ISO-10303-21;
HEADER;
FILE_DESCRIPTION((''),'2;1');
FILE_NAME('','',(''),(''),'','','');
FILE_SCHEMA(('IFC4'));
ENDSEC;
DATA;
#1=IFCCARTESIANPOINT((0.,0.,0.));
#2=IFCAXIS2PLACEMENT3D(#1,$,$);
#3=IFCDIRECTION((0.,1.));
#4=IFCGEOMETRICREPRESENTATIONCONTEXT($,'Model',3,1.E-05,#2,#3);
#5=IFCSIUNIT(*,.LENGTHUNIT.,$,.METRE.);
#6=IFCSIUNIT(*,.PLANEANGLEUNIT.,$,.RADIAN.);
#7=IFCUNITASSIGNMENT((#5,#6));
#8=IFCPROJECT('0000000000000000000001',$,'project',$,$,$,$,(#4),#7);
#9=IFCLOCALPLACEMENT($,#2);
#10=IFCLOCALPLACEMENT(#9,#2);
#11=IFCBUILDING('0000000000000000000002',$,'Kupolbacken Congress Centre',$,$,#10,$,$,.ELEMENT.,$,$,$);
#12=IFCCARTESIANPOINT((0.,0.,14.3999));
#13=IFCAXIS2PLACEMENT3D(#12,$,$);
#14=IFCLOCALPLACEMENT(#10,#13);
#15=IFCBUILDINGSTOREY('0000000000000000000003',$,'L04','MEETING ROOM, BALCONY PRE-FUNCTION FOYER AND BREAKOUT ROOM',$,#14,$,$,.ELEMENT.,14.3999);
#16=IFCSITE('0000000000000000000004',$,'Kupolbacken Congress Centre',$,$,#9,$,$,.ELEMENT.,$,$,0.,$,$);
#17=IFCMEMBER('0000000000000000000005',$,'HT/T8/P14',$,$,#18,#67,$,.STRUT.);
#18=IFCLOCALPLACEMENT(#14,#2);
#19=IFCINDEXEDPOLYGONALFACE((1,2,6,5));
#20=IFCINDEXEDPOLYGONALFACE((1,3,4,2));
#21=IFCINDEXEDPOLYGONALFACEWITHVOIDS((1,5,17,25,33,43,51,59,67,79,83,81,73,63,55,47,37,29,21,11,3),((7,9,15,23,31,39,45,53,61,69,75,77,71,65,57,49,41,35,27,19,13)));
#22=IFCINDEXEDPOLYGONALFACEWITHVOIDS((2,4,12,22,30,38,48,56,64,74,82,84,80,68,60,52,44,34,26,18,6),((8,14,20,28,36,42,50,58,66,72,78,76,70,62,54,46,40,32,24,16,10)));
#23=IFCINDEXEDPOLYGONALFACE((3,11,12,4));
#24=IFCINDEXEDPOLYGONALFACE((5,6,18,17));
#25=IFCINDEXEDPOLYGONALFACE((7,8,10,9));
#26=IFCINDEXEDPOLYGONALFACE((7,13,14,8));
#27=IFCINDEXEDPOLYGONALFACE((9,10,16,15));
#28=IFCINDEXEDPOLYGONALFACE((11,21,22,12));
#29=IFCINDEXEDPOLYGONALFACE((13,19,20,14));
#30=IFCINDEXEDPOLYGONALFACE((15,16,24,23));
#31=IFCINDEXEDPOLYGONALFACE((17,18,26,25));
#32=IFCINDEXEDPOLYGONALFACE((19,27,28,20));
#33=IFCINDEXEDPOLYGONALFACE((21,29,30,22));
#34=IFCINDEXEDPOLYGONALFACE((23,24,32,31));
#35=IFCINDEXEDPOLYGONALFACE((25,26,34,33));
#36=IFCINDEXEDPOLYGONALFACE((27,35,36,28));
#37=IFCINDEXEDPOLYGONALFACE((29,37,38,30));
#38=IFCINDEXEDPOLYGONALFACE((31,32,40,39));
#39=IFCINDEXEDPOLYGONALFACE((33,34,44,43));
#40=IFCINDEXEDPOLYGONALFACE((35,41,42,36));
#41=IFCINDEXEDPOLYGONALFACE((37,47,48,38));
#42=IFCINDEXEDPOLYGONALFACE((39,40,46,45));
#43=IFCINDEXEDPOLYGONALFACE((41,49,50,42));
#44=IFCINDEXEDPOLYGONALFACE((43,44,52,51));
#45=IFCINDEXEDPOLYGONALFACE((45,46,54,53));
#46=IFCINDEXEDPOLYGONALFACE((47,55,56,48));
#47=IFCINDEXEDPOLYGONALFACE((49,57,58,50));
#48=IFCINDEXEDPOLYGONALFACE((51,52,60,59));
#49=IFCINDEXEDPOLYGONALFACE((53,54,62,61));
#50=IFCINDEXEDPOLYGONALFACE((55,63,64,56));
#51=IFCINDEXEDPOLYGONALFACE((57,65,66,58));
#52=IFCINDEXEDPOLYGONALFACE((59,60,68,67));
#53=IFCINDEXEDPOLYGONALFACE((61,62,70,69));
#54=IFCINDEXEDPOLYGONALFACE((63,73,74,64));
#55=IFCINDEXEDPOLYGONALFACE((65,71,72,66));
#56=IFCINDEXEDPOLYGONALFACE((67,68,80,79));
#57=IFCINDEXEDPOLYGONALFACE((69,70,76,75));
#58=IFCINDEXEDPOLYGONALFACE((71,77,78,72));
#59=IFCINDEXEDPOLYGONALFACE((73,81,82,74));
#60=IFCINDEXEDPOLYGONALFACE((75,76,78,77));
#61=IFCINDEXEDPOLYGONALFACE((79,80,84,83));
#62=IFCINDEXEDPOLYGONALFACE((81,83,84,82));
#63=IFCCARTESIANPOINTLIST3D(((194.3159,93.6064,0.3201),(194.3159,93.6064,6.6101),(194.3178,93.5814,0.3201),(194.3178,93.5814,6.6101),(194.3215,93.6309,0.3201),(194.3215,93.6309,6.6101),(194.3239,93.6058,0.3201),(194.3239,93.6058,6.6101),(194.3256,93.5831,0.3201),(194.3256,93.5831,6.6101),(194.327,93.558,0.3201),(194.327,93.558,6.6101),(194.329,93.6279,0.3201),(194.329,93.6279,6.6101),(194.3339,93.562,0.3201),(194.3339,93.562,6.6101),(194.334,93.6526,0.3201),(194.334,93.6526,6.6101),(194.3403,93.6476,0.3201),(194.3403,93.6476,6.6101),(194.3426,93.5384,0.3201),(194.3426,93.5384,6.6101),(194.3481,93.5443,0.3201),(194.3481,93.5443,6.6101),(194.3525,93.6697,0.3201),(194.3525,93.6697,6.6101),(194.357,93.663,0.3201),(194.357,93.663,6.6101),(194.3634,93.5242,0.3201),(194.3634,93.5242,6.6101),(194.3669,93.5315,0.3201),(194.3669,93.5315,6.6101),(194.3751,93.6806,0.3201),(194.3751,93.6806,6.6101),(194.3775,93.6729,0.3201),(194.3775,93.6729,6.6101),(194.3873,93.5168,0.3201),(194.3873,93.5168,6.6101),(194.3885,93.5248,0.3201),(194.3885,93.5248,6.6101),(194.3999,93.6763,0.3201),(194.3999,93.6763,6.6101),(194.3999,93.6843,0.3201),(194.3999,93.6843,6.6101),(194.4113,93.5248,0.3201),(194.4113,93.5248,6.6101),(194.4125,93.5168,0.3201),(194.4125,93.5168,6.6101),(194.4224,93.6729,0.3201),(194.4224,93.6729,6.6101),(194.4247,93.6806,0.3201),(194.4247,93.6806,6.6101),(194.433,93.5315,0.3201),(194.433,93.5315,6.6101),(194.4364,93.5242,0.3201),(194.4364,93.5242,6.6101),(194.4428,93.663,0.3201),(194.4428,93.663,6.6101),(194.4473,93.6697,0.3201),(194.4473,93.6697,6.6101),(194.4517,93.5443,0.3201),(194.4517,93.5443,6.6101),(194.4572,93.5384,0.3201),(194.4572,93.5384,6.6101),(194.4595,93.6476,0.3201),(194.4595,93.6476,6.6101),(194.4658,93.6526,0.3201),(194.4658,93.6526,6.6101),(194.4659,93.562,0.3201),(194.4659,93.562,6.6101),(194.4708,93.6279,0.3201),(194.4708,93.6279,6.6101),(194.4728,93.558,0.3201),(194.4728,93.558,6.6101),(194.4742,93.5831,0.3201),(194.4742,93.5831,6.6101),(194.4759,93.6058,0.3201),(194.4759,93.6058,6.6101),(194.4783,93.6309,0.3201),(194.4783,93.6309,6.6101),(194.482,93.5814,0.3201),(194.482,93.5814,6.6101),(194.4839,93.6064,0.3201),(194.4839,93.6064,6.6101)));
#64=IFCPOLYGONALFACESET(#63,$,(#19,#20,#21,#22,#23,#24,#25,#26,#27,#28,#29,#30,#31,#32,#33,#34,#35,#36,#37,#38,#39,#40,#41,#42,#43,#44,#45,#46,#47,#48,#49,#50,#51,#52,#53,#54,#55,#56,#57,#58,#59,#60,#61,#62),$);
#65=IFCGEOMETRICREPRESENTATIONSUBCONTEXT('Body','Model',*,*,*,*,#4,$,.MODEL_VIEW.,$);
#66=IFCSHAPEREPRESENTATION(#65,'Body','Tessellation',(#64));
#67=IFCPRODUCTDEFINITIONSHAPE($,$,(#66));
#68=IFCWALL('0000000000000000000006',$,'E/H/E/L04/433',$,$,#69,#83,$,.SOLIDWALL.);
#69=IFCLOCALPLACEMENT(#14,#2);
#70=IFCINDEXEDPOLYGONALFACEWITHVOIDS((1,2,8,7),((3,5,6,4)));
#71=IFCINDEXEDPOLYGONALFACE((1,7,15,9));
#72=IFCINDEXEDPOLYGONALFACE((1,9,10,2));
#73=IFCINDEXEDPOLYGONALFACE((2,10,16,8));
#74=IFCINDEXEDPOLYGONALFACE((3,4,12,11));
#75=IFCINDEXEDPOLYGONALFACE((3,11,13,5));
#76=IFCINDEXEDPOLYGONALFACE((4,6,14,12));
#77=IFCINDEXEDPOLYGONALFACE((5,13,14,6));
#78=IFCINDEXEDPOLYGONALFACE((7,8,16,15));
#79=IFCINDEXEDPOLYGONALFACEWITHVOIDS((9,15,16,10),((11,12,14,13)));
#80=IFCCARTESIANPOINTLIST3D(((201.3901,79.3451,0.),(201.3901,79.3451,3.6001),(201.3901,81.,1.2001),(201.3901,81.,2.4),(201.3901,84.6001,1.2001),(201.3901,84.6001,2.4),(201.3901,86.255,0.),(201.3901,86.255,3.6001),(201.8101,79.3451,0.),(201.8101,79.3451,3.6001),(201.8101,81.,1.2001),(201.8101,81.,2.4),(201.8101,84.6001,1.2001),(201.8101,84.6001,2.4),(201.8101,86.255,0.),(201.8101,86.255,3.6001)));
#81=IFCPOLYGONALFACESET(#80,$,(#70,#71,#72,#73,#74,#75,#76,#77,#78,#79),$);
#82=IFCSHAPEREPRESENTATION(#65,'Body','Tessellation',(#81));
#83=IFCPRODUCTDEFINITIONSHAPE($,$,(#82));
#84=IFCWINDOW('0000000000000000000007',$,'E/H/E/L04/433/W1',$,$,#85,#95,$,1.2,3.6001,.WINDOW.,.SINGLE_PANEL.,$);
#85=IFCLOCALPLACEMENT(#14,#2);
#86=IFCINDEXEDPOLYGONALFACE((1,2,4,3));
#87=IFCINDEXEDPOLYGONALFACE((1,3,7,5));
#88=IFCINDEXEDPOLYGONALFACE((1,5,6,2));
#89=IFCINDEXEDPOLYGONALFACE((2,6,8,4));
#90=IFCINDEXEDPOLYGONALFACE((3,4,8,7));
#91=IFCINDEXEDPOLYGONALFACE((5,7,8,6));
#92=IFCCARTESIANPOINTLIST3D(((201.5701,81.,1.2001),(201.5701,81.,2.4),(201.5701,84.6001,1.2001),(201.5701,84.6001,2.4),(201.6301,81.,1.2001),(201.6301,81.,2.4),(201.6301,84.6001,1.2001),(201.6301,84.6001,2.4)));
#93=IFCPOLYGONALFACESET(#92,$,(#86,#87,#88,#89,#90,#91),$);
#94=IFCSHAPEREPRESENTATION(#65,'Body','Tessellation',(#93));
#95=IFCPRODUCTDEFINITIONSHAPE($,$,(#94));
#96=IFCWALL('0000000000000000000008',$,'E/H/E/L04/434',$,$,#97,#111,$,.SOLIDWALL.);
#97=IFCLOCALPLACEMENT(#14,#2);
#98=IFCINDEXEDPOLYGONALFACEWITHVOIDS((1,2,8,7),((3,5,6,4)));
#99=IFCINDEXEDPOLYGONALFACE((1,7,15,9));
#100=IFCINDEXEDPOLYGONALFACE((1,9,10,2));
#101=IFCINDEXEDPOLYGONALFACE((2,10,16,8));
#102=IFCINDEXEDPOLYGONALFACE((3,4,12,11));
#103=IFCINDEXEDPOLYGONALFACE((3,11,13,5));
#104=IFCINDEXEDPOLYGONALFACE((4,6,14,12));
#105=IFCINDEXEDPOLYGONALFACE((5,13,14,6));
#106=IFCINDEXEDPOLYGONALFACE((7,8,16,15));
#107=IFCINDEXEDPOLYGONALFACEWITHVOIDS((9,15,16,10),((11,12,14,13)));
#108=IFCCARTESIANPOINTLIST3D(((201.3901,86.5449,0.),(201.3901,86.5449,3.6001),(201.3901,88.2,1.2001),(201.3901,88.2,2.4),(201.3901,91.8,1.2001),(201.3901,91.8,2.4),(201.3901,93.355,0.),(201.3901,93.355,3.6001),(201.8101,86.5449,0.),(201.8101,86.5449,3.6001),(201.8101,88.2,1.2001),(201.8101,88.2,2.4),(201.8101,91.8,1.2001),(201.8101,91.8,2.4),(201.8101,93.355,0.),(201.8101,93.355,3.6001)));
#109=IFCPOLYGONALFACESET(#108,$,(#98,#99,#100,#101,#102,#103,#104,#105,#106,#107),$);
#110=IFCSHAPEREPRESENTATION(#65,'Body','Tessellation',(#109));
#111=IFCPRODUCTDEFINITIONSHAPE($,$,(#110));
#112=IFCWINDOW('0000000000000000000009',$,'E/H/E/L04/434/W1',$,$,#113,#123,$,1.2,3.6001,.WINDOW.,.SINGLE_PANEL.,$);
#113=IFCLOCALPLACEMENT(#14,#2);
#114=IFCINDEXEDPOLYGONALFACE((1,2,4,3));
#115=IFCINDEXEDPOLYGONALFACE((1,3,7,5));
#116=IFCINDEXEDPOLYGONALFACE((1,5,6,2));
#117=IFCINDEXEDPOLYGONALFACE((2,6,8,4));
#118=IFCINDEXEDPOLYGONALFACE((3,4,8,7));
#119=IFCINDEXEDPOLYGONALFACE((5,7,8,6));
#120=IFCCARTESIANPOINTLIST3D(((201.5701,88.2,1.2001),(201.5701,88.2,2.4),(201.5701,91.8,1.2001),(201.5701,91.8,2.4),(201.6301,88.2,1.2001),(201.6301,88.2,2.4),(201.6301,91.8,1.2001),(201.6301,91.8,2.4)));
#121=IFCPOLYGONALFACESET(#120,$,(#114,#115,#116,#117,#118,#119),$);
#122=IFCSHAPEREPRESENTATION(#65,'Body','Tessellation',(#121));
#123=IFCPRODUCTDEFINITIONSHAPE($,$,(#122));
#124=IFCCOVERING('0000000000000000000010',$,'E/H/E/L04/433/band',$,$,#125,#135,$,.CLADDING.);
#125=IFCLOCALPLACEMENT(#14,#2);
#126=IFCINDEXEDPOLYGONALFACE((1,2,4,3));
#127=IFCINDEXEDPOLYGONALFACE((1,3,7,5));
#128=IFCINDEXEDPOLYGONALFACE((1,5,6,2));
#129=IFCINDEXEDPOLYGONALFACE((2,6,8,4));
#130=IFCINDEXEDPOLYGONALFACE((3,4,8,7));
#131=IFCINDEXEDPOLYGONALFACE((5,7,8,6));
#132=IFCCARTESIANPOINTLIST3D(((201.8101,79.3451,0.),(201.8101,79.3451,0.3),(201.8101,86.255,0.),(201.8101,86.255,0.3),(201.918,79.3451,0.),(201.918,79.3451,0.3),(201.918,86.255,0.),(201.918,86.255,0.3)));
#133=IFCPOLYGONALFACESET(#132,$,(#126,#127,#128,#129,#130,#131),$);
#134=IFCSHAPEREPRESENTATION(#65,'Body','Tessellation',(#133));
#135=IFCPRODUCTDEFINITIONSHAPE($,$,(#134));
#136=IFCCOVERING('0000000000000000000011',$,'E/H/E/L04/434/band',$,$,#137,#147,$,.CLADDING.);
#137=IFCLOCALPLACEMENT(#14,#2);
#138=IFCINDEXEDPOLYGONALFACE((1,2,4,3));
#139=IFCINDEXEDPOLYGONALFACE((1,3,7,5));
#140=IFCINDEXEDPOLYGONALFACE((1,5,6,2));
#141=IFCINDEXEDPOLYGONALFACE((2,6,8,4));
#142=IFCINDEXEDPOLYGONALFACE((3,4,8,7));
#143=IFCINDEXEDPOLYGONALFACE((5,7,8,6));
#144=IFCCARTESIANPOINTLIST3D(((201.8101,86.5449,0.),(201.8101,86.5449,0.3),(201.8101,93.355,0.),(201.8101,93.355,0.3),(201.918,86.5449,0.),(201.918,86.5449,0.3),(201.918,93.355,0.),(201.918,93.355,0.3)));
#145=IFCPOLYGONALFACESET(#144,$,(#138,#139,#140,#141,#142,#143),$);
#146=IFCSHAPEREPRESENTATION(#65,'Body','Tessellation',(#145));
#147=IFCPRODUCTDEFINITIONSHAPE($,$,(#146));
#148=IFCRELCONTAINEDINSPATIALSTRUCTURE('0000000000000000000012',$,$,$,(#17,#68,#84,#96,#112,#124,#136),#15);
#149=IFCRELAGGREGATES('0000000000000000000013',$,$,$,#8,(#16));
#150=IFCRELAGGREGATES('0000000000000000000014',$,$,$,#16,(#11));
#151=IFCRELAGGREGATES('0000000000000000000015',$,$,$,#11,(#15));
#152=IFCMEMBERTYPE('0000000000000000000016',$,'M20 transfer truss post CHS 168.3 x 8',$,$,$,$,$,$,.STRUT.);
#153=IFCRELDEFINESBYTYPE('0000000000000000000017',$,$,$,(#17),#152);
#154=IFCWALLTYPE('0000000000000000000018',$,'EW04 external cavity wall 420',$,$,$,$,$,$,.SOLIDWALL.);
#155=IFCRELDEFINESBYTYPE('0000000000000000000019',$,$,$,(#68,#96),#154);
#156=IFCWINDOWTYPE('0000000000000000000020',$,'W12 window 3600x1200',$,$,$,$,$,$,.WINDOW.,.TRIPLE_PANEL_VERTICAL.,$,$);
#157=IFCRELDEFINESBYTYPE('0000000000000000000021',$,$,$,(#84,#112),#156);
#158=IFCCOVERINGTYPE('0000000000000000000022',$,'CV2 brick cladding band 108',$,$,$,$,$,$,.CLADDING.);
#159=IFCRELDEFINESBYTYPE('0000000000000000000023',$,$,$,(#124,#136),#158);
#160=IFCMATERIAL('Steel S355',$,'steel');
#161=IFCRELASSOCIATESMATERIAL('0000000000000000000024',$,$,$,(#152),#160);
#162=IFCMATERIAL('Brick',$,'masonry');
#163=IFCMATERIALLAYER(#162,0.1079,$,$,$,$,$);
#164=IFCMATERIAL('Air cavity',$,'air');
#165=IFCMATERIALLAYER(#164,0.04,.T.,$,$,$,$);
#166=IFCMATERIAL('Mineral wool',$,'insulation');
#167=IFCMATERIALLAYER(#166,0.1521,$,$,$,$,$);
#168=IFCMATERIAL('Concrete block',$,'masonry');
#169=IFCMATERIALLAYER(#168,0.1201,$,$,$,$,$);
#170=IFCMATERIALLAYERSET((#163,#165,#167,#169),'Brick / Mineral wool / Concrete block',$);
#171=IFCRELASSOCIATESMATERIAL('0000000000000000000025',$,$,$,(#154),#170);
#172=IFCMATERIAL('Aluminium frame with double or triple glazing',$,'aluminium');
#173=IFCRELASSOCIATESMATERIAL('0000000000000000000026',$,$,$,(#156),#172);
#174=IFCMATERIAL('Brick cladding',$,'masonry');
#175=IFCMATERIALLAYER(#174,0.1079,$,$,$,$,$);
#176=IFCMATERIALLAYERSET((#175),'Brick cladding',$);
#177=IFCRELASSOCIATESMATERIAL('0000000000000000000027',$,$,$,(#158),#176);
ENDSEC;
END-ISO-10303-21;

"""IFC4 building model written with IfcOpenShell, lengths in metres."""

from ifc_helpers import new_model, si_unit, direction, frame, frame_2d, origin, origin_2d, place, context, subcontext, project, spatial, rectangle, hollow_circle, extrude, material, layer, layer_set, material_profile, profile_set, type_object, element, fill, save


model = new_model("IFC4")

# Units and contexts
model_context = context("Model", 3, precision=1e-05, world=origin(), true_north=direction((0.0, 1.0)))
body_context = subcontext(model_context, "Body", "Model", "MODEL_VIEW")
ifc_project = project(units=[si_unit("LENGTHUNIT", "METRE"), si_unit("PLANEANGLEUNIT", "RADIAN")], contexts=[model_context])

# Site, building, storey
site_placement = place(None, origin())
site = spatial("IfcSite", under=ifc_project, at=site_placement, Name="Kupolbacken Congress Centre", CompositionType="ELEMENT", RefElevation=0.0)
building_placement = place(site_placement, origin())
building = spatial("IfcBuilding", under=site, at=building_placement, Name="Kupolbacken Congress Centre", CompositionType="ELEMENT")
storey_placement = place(building_placement, frame((0.0, 0.0, 14.3999)))
storey = spatial("IfcBuildingStorey", under=building, at=storey_placement, Name="L04", Description="MEETING ROOM, BALCONY PRE-FUNCTION FOYER AND BREAKOUT ROOM", CompositionType="ELEMENT", Elevation=14.3999)

# Member
ifc_material_1 = material(Name="Steel S355", Category="steel")
ifc_material_profile_1 = material_profile(ifc_material_1, hollow_circle(Radius=0.0842, WallThickness=0.0081, at=origin_2d()), Name="CHS 168.3 x 8")
ifc_profile_set_1 = profile_set([ifc_material_profile_1], Name="Steel S355")
member_type_1 = type_object("IfcMemberType", Name="M20 transfer truss post CHS 168.3 x 8", PredefinedType="STRUT", material=ifc_profile_set_1)
for number, where, z_axis, x_axis, name in (
    (1, (194.3999, 93.6001, 0.3201), (0.0, 0.0, 1.0), (0.0, 1.0, 0.0), "HT/T8/P14"),
):
    element("IfcMember", number, at=place(storey_placement, frame(where, z_axis=z_axis, x_axis=x_axis)), inside=storey, type_object=member_type_1, Name=name, PredefinedType="STRUT", context=body_context, shape_type="SweptSolid", body=[
        extrude(hollow_circle(Radius=0.0842, WallThickness=0.0081, at=origin_2d()), origin(), (0.0, 0.0, 1.0), 6.29),
    ])

# Walls, openings, windows
ifc_material_2 = material(Name="Brick", Category="masonry")
ifc_layer_1 = layer(ifc_material_2, 0.1079)
ifc_material_3 = material(Name="Air cavity", Category="air")
ifc_layer_2 = layer(ifc_material_3, 0.04, ventilated=True)
ifc_material_4 = material(Name="Mineral wool", Category="insulation")
ifc_layer_3 = layer(ifc_material_4, 0.1521)
ifc_material_5 = material(Name="Concrete block", Category="masonry")
ifc_layer_4 = layer(ifc_material_5, 0.1201)
ifc_layer_set_1 = layer_set([ifc_layer_1, ifc_layer_2, ifc_layer_3, ifc_layer_4], Name="Brick / Mineral wool / Concrete block")
wall_type = type_object("IfcWallType", Name="EW04 external cavity wall 420", PredefinedType="SOLIDWALL", material=ifc_layer_set_1)
wall_1_placement = place(storey_placement, frame((201.6001, 79.345, 0.0), z_axis=(0.0, 0.0, 1.0), x_axis=(0.0, 1.0, 0.0)))
wall_1 = element("IfcWall", 2, at=wall_1_placement, inside=storey, type_object=wall_type, Name="E/H/E/L04/433", PredefinedType="SOLIDWALL", context=body_context, shape_type="SweptSolid", body=[
    extrude(rectangle(XDim=6.9099, YDim=0.4199, at=frame_2d((3.4551, 0.0))), origin(), (0.0, 0.0, 1.0), 3.6001),
])
opening_1_placement = place(wall_1_placement, frame((1.655, 0.0, 1.2)))
opening_1 = element("IfcOpeningElement", 3, at=opening_1_placement, cuts=wall_1, PredefinedType="OPENING", context=body_context, shape_type="SweptSolid", body=[
    extrude(rectangle(XDim=3.6001, YDim=1.2, at=frame_2d((1.8, 0.6001))), frame((0.0, 0.22, 0.0), z_axis=(0.0, -1.0, 0.0), x_axis=(1.0, 0.0, 0.0)), (0.0, 0.0, 1.0), 0.4399),
])
ifc_material_6 = material(Name="Aluminium frame with double or triple glazing", Category="aluminium")
window_type = type_object("IfcWindowType", Name="W12 window 3600x1200", PartitioningType="TRIPLE_PANEL_VERTICAL", PredefinedType="WINDOW", material=ifc_material_6)
window_1_placement = place(opening_1_placement, origin())
window_1 = element("IfcWindow", 4, at=window_1_placement, inside=storey, type_object=window_type, Name="E/H/E/L04/433/W1", OverallHeight=1.2, OverallWidth=3.6001, PartitioningType="SINGLE_PANEL", PredefinedType="WINDOW", context=body_context, shape_type="SweptSolid", body=[
    extrude(rectangle(XDim=3.6001, YDim=1.2, at=frame_2d((1.8, 0.6001))), frame((0.0, 0.03, 0.0), z_axis=(0.0, -1.0, 0.0), x_axis=(1.0, 0.0, 0.0)), (0.0, 0.0, 1.0), 0.0601),
])
fill(opening_1, window_1)
wall_2_placement = place(storey_placement, frame((201.6001, 86.5449, 0.0), z_axis=(0.0, 0.0, 1.0), x_axis=(0.0, 1.0, 0.0)))
wall_2 = element("IfcWall", 5, at=wall_2_placement, inside=storey, type_object=wall_type, Name="E/H/E/L04/434", PredefinedType="SOLIDWALL", context=body_context, shape_type="SweptSolid", body=[
    extrude(rectangle(XDim=6.8101, YDim=0.4199, at=frame_2d((3.405, 0.0))), origin(), (0.0, 0.0, 1.0), 3.6001),
])
opening_2_placement = place(wall_2_placement, frame((1.655, 0.0, 1.2)))
opening_2 = element("IfcOpeningElement", 6, at=opening_2_placement, cuts=wall_2, PredefinedType="OPENING", context=body_context, shape_type="SweptSolid", body=[
    extrude(rectangle(XDim=3.6001, YDim=1.2, at=frame_2d((1.8, 0.6001))), frame((0.0, 0.22, 0.0), z_axis=(0.0, -1.0, 0.0), x_axis=(1.0, 0.0, 0.0)), (0.0, 0.0, 1.0), 0.4399),
])
window_2_placement = place(opening_2_placement, origin())
window_2 = element("IfcWindow", 7, at=window_2_placement, inside=storey, type_object=window_type, Name="E/H/E/L04/434/W1", OverallHeight=1.2, OverallWidth=3.6001, PartitioningType="SINGLE_PANEL", PredefinedType="WINDOW", context=body_context, shape_type="SweptSolid", body=[
    extrude(rectangle(XDim=3.6001, YDim=1.2, at=frame_2d((1.8, 0.6001))), frame((0.0, 0.03, 0.0), z_axis=(0.0, -1.0, 0.0), x_axis=(1.0, 0.0, 0.0)), (0.0, 0.0, 1.0), 0.0601),
])
fill(opening_2, window_2)

# Coverings
ifc_material_7 = material(Name="Brick cladding", Category="masonry")
ifc_layer_5 = layer(ifc_material_7, 0.1079)
ifc_layer_set_2 = layer_set([ifc_layer_5], Name="Brick cladding")
covering_type = type_object("IfcCoveringType", Name="CV2 brick cladding band 108", PredefinedType="CLADDING", material=ifc_layer_set_2)
covering_1_placement = place(storey_placement, frame((201.864, 82.8, 0.0), z_axis=(0.0, 0.0, 1.0), x_axis=(0.0, 1.0, 0.0)))
element("IfcCovering", 8, at=covering_1_placement, inside=storey, type_object=covering_type, Name="E/H/E/L04/433/band", PredefinedType="CLADDING", context=body_context, shape_type="SweptSolid", body=[
    extrude(rectangle(XDim=6.9099, YDim=0.1079, at=origin_2d()), origin(), (0.0, 0.0, 1.0), 0.3),
])
covering_2_placement = place(storey_placement, frame((201.864, 89.95, 0.0), z_axis=(0.0, 0.0, 1.0), x_axis=(0.0, 1.0, 0.0)))
element("IfcCovering", 9, at=covering_2_placement, inside=storey, type_object=covering_type, Name="E/H/E/L04/434/band", PredefinedType="CLADDING", context=body_context, shape_type="SweptSolid", body=[
    extrude(rectangle(XDim=6.8101, YDim=0.1079, at=origin_2d()), origin(), (0.0, 0.0, 1.0), 0.3),
])

save(model, "model.ifc")
